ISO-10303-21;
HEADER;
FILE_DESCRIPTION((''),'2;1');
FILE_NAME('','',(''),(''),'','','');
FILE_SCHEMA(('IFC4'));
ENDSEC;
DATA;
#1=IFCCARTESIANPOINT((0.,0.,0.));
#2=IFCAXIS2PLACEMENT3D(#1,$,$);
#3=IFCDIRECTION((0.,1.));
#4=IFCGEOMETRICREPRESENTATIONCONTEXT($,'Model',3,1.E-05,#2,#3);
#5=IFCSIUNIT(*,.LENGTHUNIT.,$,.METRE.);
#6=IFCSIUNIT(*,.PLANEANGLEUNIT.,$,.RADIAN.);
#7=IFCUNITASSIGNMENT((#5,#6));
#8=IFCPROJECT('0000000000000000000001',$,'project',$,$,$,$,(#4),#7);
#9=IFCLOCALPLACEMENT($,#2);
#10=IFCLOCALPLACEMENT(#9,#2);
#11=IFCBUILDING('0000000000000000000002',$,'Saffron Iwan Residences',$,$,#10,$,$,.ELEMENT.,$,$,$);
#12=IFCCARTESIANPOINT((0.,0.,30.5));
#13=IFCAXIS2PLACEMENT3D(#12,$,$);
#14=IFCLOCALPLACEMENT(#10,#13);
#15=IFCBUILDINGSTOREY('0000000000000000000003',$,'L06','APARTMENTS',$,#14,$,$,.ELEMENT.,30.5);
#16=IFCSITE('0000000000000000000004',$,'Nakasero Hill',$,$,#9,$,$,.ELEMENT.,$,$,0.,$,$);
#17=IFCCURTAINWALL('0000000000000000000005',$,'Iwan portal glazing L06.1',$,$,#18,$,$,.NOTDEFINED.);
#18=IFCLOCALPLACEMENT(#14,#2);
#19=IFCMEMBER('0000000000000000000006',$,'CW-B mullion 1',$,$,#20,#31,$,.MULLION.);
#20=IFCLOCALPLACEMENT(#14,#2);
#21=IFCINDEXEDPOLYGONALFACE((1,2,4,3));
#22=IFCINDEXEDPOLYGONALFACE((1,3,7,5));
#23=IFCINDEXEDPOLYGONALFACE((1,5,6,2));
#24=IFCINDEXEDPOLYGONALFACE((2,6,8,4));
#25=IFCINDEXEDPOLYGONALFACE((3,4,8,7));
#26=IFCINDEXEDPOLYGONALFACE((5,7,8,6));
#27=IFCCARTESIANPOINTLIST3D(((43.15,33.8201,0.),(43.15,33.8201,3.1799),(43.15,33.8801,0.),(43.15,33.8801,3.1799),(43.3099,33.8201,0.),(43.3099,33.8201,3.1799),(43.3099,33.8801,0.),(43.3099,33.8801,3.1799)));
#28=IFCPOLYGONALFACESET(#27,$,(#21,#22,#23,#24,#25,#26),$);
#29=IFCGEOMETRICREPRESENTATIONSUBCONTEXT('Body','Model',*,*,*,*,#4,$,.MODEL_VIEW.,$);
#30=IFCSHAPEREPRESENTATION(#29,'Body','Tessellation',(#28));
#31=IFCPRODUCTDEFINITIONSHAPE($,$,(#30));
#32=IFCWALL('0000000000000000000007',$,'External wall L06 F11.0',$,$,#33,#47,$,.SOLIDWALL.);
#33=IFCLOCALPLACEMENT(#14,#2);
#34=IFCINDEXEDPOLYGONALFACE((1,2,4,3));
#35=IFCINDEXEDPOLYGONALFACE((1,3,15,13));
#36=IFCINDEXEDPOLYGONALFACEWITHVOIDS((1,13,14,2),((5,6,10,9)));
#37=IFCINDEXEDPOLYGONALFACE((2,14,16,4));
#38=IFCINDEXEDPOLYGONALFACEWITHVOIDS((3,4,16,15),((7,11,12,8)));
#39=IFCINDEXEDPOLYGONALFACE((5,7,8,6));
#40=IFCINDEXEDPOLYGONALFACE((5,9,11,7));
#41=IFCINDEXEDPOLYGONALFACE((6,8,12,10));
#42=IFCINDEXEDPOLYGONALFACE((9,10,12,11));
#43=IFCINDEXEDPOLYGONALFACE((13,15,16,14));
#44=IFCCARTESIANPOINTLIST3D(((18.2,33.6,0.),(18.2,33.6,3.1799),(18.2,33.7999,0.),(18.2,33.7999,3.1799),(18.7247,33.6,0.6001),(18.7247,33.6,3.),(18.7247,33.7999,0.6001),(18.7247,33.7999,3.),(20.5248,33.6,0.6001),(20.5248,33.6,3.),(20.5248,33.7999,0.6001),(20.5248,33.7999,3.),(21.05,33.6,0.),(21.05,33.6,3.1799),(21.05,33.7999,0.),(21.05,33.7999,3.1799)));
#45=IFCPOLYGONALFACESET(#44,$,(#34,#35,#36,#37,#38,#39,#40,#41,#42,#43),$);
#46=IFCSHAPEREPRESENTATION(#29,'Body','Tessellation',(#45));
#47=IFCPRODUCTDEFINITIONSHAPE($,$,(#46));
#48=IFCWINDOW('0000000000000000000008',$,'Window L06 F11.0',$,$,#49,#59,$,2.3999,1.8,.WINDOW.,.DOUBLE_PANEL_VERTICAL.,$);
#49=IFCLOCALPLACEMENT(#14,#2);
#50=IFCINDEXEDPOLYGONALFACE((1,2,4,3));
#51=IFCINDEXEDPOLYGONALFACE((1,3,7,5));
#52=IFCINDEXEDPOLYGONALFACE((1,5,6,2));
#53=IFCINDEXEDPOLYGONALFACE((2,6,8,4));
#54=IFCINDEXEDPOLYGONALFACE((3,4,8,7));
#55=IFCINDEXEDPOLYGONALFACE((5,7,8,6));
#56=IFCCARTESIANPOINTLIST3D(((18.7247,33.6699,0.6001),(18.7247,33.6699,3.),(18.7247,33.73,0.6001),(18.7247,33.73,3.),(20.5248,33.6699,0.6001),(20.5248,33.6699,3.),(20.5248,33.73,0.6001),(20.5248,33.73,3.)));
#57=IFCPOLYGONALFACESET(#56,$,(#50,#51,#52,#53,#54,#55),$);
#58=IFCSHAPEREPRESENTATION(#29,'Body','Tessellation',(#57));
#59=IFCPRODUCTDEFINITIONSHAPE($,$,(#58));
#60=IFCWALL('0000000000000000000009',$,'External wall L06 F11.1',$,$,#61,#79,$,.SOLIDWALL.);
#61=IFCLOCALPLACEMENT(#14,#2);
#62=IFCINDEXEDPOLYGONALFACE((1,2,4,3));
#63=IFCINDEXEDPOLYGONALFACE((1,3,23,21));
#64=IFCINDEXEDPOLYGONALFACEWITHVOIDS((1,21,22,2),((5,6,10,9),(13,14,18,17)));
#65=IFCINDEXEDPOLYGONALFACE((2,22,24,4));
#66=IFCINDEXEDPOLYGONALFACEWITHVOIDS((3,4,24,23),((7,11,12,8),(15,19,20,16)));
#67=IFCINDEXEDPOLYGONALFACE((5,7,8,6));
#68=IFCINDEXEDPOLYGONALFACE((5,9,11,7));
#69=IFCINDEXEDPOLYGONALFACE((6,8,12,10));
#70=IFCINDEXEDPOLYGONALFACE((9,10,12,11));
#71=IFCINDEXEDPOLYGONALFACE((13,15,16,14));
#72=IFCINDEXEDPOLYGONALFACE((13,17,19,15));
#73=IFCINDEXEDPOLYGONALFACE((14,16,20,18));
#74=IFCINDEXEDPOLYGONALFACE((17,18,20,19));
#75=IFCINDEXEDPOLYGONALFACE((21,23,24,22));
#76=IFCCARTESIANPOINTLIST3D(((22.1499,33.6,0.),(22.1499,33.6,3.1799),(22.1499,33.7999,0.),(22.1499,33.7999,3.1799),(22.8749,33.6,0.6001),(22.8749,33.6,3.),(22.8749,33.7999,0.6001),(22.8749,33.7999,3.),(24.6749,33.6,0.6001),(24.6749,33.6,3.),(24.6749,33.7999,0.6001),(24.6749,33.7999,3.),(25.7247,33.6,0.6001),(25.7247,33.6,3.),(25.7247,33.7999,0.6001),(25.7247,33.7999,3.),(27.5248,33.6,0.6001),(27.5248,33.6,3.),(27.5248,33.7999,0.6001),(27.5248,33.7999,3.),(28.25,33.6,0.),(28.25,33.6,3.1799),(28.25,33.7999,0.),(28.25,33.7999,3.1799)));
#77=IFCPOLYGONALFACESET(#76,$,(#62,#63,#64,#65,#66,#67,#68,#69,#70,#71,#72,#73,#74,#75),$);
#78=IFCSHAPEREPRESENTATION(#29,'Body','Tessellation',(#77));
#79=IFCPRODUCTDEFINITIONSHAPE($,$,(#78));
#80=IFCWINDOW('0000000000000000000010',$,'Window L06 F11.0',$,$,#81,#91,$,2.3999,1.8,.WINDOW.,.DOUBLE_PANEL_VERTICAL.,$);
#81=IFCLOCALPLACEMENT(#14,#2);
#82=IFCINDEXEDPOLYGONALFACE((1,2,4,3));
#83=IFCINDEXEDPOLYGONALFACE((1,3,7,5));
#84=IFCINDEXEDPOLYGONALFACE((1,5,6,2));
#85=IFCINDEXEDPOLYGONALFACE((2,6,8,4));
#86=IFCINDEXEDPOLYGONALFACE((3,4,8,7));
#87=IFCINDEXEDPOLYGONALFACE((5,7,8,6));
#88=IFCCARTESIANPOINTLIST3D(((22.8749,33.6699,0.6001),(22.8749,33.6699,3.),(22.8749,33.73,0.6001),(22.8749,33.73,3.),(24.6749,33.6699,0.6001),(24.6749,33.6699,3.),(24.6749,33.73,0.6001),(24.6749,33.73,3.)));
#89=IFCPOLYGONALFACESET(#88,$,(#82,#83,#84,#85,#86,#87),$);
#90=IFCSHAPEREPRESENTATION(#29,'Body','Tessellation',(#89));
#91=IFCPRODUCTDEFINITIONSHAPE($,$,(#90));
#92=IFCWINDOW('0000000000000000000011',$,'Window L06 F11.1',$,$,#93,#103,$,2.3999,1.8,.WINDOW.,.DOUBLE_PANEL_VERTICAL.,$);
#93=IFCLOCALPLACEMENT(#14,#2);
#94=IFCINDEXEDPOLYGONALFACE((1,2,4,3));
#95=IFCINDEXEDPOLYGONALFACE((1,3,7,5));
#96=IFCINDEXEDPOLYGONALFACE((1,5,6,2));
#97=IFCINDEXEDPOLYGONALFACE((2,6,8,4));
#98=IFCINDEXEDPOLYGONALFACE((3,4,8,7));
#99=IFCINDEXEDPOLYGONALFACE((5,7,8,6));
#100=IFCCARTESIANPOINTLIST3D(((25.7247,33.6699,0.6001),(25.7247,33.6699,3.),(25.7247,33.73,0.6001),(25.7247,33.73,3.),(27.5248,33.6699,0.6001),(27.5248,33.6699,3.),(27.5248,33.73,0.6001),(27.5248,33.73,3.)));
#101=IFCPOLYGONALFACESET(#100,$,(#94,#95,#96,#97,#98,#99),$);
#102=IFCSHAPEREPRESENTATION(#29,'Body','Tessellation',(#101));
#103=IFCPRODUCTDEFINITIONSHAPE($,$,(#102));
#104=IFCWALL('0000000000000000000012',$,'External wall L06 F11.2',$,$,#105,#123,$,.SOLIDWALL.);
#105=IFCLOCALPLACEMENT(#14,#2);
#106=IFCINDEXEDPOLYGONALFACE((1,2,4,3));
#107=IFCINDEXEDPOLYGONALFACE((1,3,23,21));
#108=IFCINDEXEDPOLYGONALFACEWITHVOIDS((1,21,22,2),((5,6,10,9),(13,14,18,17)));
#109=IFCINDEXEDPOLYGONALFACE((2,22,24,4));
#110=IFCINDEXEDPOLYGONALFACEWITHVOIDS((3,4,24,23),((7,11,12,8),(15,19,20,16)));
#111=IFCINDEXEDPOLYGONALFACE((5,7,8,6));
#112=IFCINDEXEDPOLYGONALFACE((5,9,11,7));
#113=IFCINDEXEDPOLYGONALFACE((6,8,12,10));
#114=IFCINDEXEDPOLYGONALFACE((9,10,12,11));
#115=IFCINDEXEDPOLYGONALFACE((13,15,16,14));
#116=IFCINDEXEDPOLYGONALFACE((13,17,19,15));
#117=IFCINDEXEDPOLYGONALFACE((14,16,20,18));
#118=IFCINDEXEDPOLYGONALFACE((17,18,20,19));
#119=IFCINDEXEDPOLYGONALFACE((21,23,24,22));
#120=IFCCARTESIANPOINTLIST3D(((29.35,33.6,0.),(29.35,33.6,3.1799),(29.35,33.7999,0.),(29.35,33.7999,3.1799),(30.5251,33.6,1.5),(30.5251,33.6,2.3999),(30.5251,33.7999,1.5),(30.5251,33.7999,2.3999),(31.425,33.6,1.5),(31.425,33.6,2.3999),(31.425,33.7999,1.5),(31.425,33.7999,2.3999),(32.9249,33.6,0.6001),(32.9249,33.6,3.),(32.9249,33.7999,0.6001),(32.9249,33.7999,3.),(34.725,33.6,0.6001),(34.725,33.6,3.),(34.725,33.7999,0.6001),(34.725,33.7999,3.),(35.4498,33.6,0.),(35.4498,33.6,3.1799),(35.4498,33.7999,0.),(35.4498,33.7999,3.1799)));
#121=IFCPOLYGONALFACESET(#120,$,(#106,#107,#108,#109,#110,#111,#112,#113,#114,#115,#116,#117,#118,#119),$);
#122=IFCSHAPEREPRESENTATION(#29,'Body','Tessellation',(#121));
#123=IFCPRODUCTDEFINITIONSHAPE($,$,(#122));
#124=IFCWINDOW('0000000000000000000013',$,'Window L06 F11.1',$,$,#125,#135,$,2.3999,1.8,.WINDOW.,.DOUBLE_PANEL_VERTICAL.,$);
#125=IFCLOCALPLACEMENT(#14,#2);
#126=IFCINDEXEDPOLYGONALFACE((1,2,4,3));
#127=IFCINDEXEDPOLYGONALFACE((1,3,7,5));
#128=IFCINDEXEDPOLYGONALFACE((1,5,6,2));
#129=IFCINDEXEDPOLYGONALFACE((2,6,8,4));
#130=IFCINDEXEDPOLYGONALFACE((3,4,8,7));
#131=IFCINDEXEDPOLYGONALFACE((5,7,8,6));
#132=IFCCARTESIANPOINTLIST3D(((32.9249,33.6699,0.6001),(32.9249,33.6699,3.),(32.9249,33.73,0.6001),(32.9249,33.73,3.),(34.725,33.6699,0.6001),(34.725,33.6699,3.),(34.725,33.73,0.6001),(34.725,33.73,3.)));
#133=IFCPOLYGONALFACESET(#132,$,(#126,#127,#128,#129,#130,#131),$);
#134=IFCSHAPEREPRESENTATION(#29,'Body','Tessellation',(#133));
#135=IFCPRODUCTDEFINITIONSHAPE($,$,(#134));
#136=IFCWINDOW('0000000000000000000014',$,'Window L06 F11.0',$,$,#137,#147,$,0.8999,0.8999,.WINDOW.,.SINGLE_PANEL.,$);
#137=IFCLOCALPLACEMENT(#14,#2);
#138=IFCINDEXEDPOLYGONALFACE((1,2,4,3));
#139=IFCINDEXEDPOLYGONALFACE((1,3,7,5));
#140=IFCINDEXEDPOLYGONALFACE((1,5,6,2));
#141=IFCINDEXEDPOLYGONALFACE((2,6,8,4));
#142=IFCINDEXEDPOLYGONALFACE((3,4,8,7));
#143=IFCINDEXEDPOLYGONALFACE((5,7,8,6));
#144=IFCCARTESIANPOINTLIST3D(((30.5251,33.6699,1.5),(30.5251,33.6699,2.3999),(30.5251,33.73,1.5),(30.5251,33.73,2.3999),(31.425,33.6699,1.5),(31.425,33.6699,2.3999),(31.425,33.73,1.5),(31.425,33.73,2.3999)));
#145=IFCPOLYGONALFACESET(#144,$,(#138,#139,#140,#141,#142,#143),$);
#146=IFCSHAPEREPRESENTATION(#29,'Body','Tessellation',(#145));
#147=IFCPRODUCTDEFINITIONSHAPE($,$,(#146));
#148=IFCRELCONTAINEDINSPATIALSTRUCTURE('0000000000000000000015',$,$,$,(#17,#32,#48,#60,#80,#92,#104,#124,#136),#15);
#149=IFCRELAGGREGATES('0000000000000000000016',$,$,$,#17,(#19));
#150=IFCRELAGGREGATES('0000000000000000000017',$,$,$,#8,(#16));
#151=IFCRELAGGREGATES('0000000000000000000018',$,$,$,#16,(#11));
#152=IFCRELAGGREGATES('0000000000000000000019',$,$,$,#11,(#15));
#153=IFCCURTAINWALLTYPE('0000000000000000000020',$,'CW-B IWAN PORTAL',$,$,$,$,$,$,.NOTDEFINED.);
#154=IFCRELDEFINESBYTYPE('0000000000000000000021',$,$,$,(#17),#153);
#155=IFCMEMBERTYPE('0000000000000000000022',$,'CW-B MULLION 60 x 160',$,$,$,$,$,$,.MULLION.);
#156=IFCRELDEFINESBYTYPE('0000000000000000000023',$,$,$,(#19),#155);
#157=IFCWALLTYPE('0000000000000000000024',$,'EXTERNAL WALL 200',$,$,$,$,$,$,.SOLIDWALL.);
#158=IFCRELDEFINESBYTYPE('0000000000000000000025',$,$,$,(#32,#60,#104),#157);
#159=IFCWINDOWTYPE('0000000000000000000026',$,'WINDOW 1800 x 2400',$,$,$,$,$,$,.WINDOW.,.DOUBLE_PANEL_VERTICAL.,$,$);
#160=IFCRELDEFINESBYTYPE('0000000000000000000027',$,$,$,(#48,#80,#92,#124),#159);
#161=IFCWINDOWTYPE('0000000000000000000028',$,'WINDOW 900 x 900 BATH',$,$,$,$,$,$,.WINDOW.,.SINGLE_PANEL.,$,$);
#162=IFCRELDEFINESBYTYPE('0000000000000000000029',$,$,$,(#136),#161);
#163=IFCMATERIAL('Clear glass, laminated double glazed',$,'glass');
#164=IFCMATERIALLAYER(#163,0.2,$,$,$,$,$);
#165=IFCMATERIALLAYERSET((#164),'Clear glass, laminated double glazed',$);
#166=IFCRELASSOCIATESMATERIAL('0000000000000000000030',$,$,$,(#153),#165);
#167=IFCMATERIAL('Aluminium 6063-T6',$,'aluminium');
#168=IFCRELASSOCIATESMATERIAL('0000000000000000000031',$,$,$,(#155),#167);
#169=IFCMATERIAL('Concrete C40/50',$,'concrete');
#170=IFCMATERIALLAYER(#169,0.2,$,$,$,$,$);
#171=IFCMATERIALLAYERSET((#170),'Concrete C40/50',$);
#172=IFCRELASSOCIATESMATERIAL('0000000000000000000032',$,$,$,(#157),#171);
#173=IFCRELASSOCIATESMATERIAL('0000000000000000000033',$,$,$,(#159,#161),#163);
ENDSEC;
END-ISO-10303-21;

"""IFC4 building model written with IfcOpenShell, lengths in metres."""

from ifc_helpers import new_model, si_unit, direction, frame, frame_2d, origin, origin_2d, place, context, subcontext, project, spatial, rectangle, extrude, source, transform, mapped, material, layer, layer_set, material_profile, profile_set, type_object, element, fill, aggregate, save


model = new_model("IFC4")

# Units and contexts
model_context = context("Model", 3, precision=1e-05, world=origin(), true_north=direction((0.0, 1.0)))
body_context = subcontext(model_context, "Body", "Model", "MODEL_VIEW")
ifc_project = project(units=[si_unit("LENGTHUNIT", "METRE"), si_unit("PLANEANGLEUNIT", "RADIAN")], contexts=[model_context])

# Site, building, storey
site_placement = place(None, origin())
site = spatial("IfcSite", under=ifc_project, at=site_placement, Name="Nakasero Hill", CompositionType="ELEMENT", RefElevation=0.0)
building_placement = place(site_placement, origin())
building = spatial("IfcBuilding", under=site, at=building_placement, Name="Saffron Iwan Residences", CompositionType="ELEMENT")
storey_placement = place(building_placement, frame((0.0, 0.0, 30.5)))
storey = spatial("IfcBuildingStorey", under=building, at=storey_placement, Name="L06", Description="APARTMENTS", CompositionType="ELEMENT", Elevation=30.5)

# Curtain wall, member
ifc_material_1 = material(Name="Clear glass, laminated double glazed", Category="glass")
ifc_layer_1 = layer(ifc_material_1, 0.2)
ifc_layer_set_1 = layer_set([ifc_layer_1], Name="Clear glass, laminated double glazed")
curtain_wall_type = type_object("IfcCurtainWallType", Name="CW-B IWAN PORTAL", PredefinedType="NOTDEFINED", material=ifc_layer_set_1)
curtain_wall_placement = place(storey_placement, origin())
curtain_wall = element("IfcCurtainWall", 1, at=curtain_wall_placement, inside=storey, type_object=curtain_wall_type, Name="Iwan portal glazing L06.1", PredefinedType="NOTDEFINED")
ifc_material_2 = material(Name="Aluminium 6063-T6", Category="aluminium")
ifc_material_profile = material_profile(ifc_material_2, rectangle(XDim=0.0601, YDim=0.1599, at=origin_2d()), Name="CW-B MULLION 60 x 160")
ifc_profile_set = profile_set([ifc_material_profile], Name="Aluminium 6063-T6")
member_type = type_object("IfcMemberType", Name="CW-B MULLION 60 x 160", PredefinedType="MULLION", material=ifc_profile_set)
shared_shape = source(origin(), body_context, "Body", "SweptSolid", [
    extrude(rectangle(XDim=0.0601, YDim=0.1599, at=origin_2d()), origin(), (0.0, 0.0, 1.0), 3.1799),
])
member_placement = place(storey_placement, frame((43.23, 33.8501, 0.0), z_axis=(0.0, 0.0, 1.0), x_axis=(0.0, 1.0, 0.0)))
member = element("IfcMember", 2, at=member_placement, type_object=member_type, Name="CW-B mullion 1", PredefinedType="MULLION", context=body_context, shape_type="MappedRepresentation", body=[
    mapped(shared_shape, transform((0.0, 0.0, 0.0))),
])
aggregate(curtain_wall, [member])

# Wall, opening, window
ifc_material_3 = material(Name="Concrete C40/50", Category="concrete")
ifc_layer_2 = layer(ifc_material_3, 0.2)
ifc_layer_set_2 = layer_set([ifc_layer_2], Name="Concrete C40/50")
wall_type_1 = type_object("IfcWallType", Name="EXTERNAL WALL 200", PredefinedType="SOLIDWALL", material=ifc_layer_set_2)
wall_1_placement = place(storey_placement, frame((18.2, 33.7, 0.0), z_axis=(0.0, 0.0, 1.0), x_axis=(1.0, 0.0, 0.0)))
wall_1 = element("IfcWall", 3, at=wall_1_placement, inside=storey, type_object=wall_type_1, Name="External wall L06 F11.0", PredefinedType="SOLIDWALL", context=body_context, shape_type="SweptSolid", body=[
    extrude(rectangle(XDim=2.8501, YDim=0.2, at=frame_2d((1.425, 0.0))), origin(), (0.0, 0.0, 1.0), 3.1799),
])
opening_1_placement = place(wall_1_placement, frame((0.5249, 0.0, 0.6001)))
opening_1 = element("IfcOpeningElement", 4, at=opening_1_placement, cuts=wall_1, PredefinedType="OPENING", context=body_context, shape_type="SweptSolid", body=[
    extrude(rectangle(XDim=1.8, YDim=2.3999, at=frame_2d((0.8999, 1.2))), frame((0.0, 0.1099, 0.0), z_axis=(0.0, -1.0, 0.0), x_axis=(1.0, 0.0, 0.0)), (0.0, 0.0, 1.0), 0.22),
])
window_type_1 = type_object("IfcWindowType", Name="WINDOW 1800 x 2400", PartitioningType="DOUBLE_PANEL_VERTICAL", PredefinedType="WINDOW", material=ifc_material_1)
window_1_placement = place(opening_1_placement, origin())
window_1 = element("IfcWindow", 5, at=window_1_placement, inside=storey, type_object=window_type_1, Name="Window L06 F11.0", OverallHeight=2.3999, OverallWidth=1.8, PartitioningType="DOUBLE_PANEL_VERTICAL", PredefinedType="WINDOW", context=body_context, shape_type="SweptSolid", body=[
    extrude(rectangle(XDim=1.8, YDim=2.3999, at=frame_2d((0.8999, 1.2))), frame((0.0, 0.03, 0.0), z_axis=(0.0, -1.0, 0.0), x_axis=(1.0, 0.0, 0.0)), (0.0, 0.0, 1.0), 0.0601),
])
fill(opening_1, window_1)

# Walls, openings, windows
wall_2_placement = place(storey_placement, frame((22.1499, 33.7, 0.0), z_axis=(0.0, 0.0, 1.0), x_axis=(1.0, 0.0, 0.0)))
wall_2 = element("IfcWall", 6, at=wall_2_placement, inside=storey, type_object=wall_type_1, Name="External wall L06 F11.1", PredefinedType="SOLIDWALL", context=body_context, shape_type="SweptSolid", body=[
    extrude(rectangle(XDim=6.1001, YDim=0.2, at=frame_2d((3.05, 0.0))), origin(), (0.0, 0.0, 1.0), 3.1799),
])
opening_2_placement = place(wall_2_placement, frame((0.7251, 0.0, 0.6001)))
opening_2 = element("IfcOpeningElement", 7, at=opening_2_placement, cuts=wall_2, PredefinedType="OPENING", context=body_context, shape_type="SweptSolid", body=[
    extrude(rectangle(XDim=1.8, YDim=2.3999, at=frame_2d((0.8999, 1.2))), frame((0.0, 0.1099, 0.0), z_axis=(0.0, -1.0, 0.0), x_axis=(1.0, 0.0, 0.0)), (0.0, 0.0, 1.0), 0.22),
])
opening_3_placement = place(wall_2_placement, frame((3.575, 0.0, 0.6001)))
opening_3 = element("IfcOpeningElement", 8, at=opening_3_placement, cuts=wall_2, PredefinedType="OPENING", context=body_context, shape_type="SweptSolid", body=[
    extrude(rectangle(XDim=1.8, YDim=2.3999, at=frame_2d((0.8999, 1.2))), frame((0.0, 0.1099, 0.0), z_axis=(0.0, -1.0, 0.0), x_axis=(1.0, 0.0, 0.0)), (0.0, 0.0, 1.0), 0.22),
])
window_2_placement = place(opening_2_placement, origin())
window_2 = element("IfcWindow", 9, at=window_2_placement, inside=storey, type_object=window_type_1, Name="Window L06 F11.0", OverallHeight=2.3999, OverallWidth=1.8, PartitioningType="DOUBLE_PANEL_VERTICAL", PredefinedType="WINDOW", context=body_context, shape_type="SweptSolid", body=[
    extrude(rectangle(XDim=1.8, YDim=2.3999, at=frame_2d((0.8999, 1.2))), frame((0.0, 0.03, 0.0), z_axis=(0.0, -1.0, 0.0), x_axis=(1.0, 0.0, 0.0)), (0.0, 0.0, 1.0), 0.0601),
])
fill(opening_2, window_2)
window_3_placement = place(opening_3_placement, origin())
window_3 = element("IfcWindow", 10, at=window_3_placement, inside=storey, type_object=window_type_1, Name="Window L06 F11.1", OverallHeight=2.3999, OverallWidth=1.8, PartitioningType="DOUBLE_PANEL_VERTICAL", PredefinedType="WINDOW", context=body_context, shape_type="SweptSolid", body=[
    extrude(rectangle(XDim=1.8, YDim=2.3999, at=frame_2d((0.8999, 1.2))), frame((0.0, 0.03, 0.0), z_axis=(0.0, -1.0, 0.0), x_axis=(1.0, 0.0, 0.0)), (0.0, 0.0, 1.0), 0.0601),
])
fill(opening_3, window_3)
wall_3_placement = place(storey_placement, frame((29.3501, 33.7, 0.0), z_axis=(0.0, 0.0, 1.0), x_axis=(1.0, 0.0, 0.0)))
wall_3 = element("IfcWall", 11, at=wall_3_placement, inside=storey, type_object=wall_type_1, Name="External wall L06 F11.2", PredefinedType="SOLIDWALL", context=body_context, shape_type="SweptSolid", body=[
    extrude(rectangle(XDim=6.0999, YDim=0.2, at=frame_2d((3.0498, 0.0))), origin(), (0.0, 0.0, 1.0), 3.1799),
])
opening_4_placement = place(wall_3_placement, frame((1.175, 0.0, 1.5)))
opening_4 = element("IfcOpeningElement", 12, at=opening_4_placement, cuts=wall_3, PredefinedType="OPENING", context=body_context, shape_type="SweptSolid", body=[
    extrude(rectangle(XDim=0.8999, YDim=0.8999, at=frame_2d((0.45, 0.45))), frame((0.0, 0.1099, 0.0), z_axis=(0.0, -1.0, 0.0), x_axis=(1.0, 0.0, 0.0)), (0.0, 0.0, 1.0), 0.22),
])
opening_5_placement = place(wall_3_placement, frame((3.575, 0.0, 0.6001)))
opening_5 = element("IfcOpeningElement", 13, at=opening_5_placement, cuts=wall_3, PredefinedType="OPENING", context=body_context, shape_type="SweptSolid", body=[
    extrude(rectangle(XDim=1.8, YDim=2.3999, at=frame_2d((0.8999, 1.2))), frame((0.0, 0.1099, 0.0), z_axis=(0.0, -1.0, 0.0), x_axis=(1.0, 0.0, 0.0)), (0.0, 0.0, 1.0), 0.22),
])
window_4_placement = place(opening_5_placement, origin())
window_4 = element("IfcWindow", 14, at=window_4_placement, inside=storey, type_object=window_type_1, Name="Window L06 F11.1", OverallHeight=2.3999, OverallWidth=1.8, PartitioningType="DOUBLE_PANEL_VERTICAL", PredefinedType="WINDOW", context=body_context, shape_type="SweptSolid", body=[
    extrude(rectangle(XDim=1.8, YDim=2.3999, at=frame_2d((0.8999, 1.2))), frame((0.0, 0.03, 0.0), z_axis=(0.0, -1.0, 0.0), x_axis=(1.0, 0.0, 0.0)), (0.0, 0.0, 1.0), 0.0601),
])
fill(opening_5, window_4)
window_type_2 = type_object("IfcWindowType", Name="WINDOW 900 x 900 BATH", PartitioningType="SINGLE_PANEL", PredefinedType="WINDOW", material=ifc_material_1)
window_5_placement = place(opening_4_placement, origin())
window_5 = element("IfcWindow", 15, at=window_5_placement, inside=storey, type_object=window_type_2, Name="Window L06 F11.0", OverallHeight=0.8999, OverallWidth=0.8999, PartitioningType="SINGLE_PANEL", PredefinedType="WINDOW", context=body_context, shape_type="SweptSolid", body=[
    extrude(rectangle(XDim=0.8999, YDim=0.8999, at=frame_2d((0.45, 0.45))), frame((0.0, 0.03, 0.0), z_axis=(0.0, -1.0, 0.0), x_axis=(1.0, 0.0, 0.0)), (0.0, 0.0, 1.0), 0.0601),
])
fill(opening_4, window_5)

save(model, "model.ifc")
